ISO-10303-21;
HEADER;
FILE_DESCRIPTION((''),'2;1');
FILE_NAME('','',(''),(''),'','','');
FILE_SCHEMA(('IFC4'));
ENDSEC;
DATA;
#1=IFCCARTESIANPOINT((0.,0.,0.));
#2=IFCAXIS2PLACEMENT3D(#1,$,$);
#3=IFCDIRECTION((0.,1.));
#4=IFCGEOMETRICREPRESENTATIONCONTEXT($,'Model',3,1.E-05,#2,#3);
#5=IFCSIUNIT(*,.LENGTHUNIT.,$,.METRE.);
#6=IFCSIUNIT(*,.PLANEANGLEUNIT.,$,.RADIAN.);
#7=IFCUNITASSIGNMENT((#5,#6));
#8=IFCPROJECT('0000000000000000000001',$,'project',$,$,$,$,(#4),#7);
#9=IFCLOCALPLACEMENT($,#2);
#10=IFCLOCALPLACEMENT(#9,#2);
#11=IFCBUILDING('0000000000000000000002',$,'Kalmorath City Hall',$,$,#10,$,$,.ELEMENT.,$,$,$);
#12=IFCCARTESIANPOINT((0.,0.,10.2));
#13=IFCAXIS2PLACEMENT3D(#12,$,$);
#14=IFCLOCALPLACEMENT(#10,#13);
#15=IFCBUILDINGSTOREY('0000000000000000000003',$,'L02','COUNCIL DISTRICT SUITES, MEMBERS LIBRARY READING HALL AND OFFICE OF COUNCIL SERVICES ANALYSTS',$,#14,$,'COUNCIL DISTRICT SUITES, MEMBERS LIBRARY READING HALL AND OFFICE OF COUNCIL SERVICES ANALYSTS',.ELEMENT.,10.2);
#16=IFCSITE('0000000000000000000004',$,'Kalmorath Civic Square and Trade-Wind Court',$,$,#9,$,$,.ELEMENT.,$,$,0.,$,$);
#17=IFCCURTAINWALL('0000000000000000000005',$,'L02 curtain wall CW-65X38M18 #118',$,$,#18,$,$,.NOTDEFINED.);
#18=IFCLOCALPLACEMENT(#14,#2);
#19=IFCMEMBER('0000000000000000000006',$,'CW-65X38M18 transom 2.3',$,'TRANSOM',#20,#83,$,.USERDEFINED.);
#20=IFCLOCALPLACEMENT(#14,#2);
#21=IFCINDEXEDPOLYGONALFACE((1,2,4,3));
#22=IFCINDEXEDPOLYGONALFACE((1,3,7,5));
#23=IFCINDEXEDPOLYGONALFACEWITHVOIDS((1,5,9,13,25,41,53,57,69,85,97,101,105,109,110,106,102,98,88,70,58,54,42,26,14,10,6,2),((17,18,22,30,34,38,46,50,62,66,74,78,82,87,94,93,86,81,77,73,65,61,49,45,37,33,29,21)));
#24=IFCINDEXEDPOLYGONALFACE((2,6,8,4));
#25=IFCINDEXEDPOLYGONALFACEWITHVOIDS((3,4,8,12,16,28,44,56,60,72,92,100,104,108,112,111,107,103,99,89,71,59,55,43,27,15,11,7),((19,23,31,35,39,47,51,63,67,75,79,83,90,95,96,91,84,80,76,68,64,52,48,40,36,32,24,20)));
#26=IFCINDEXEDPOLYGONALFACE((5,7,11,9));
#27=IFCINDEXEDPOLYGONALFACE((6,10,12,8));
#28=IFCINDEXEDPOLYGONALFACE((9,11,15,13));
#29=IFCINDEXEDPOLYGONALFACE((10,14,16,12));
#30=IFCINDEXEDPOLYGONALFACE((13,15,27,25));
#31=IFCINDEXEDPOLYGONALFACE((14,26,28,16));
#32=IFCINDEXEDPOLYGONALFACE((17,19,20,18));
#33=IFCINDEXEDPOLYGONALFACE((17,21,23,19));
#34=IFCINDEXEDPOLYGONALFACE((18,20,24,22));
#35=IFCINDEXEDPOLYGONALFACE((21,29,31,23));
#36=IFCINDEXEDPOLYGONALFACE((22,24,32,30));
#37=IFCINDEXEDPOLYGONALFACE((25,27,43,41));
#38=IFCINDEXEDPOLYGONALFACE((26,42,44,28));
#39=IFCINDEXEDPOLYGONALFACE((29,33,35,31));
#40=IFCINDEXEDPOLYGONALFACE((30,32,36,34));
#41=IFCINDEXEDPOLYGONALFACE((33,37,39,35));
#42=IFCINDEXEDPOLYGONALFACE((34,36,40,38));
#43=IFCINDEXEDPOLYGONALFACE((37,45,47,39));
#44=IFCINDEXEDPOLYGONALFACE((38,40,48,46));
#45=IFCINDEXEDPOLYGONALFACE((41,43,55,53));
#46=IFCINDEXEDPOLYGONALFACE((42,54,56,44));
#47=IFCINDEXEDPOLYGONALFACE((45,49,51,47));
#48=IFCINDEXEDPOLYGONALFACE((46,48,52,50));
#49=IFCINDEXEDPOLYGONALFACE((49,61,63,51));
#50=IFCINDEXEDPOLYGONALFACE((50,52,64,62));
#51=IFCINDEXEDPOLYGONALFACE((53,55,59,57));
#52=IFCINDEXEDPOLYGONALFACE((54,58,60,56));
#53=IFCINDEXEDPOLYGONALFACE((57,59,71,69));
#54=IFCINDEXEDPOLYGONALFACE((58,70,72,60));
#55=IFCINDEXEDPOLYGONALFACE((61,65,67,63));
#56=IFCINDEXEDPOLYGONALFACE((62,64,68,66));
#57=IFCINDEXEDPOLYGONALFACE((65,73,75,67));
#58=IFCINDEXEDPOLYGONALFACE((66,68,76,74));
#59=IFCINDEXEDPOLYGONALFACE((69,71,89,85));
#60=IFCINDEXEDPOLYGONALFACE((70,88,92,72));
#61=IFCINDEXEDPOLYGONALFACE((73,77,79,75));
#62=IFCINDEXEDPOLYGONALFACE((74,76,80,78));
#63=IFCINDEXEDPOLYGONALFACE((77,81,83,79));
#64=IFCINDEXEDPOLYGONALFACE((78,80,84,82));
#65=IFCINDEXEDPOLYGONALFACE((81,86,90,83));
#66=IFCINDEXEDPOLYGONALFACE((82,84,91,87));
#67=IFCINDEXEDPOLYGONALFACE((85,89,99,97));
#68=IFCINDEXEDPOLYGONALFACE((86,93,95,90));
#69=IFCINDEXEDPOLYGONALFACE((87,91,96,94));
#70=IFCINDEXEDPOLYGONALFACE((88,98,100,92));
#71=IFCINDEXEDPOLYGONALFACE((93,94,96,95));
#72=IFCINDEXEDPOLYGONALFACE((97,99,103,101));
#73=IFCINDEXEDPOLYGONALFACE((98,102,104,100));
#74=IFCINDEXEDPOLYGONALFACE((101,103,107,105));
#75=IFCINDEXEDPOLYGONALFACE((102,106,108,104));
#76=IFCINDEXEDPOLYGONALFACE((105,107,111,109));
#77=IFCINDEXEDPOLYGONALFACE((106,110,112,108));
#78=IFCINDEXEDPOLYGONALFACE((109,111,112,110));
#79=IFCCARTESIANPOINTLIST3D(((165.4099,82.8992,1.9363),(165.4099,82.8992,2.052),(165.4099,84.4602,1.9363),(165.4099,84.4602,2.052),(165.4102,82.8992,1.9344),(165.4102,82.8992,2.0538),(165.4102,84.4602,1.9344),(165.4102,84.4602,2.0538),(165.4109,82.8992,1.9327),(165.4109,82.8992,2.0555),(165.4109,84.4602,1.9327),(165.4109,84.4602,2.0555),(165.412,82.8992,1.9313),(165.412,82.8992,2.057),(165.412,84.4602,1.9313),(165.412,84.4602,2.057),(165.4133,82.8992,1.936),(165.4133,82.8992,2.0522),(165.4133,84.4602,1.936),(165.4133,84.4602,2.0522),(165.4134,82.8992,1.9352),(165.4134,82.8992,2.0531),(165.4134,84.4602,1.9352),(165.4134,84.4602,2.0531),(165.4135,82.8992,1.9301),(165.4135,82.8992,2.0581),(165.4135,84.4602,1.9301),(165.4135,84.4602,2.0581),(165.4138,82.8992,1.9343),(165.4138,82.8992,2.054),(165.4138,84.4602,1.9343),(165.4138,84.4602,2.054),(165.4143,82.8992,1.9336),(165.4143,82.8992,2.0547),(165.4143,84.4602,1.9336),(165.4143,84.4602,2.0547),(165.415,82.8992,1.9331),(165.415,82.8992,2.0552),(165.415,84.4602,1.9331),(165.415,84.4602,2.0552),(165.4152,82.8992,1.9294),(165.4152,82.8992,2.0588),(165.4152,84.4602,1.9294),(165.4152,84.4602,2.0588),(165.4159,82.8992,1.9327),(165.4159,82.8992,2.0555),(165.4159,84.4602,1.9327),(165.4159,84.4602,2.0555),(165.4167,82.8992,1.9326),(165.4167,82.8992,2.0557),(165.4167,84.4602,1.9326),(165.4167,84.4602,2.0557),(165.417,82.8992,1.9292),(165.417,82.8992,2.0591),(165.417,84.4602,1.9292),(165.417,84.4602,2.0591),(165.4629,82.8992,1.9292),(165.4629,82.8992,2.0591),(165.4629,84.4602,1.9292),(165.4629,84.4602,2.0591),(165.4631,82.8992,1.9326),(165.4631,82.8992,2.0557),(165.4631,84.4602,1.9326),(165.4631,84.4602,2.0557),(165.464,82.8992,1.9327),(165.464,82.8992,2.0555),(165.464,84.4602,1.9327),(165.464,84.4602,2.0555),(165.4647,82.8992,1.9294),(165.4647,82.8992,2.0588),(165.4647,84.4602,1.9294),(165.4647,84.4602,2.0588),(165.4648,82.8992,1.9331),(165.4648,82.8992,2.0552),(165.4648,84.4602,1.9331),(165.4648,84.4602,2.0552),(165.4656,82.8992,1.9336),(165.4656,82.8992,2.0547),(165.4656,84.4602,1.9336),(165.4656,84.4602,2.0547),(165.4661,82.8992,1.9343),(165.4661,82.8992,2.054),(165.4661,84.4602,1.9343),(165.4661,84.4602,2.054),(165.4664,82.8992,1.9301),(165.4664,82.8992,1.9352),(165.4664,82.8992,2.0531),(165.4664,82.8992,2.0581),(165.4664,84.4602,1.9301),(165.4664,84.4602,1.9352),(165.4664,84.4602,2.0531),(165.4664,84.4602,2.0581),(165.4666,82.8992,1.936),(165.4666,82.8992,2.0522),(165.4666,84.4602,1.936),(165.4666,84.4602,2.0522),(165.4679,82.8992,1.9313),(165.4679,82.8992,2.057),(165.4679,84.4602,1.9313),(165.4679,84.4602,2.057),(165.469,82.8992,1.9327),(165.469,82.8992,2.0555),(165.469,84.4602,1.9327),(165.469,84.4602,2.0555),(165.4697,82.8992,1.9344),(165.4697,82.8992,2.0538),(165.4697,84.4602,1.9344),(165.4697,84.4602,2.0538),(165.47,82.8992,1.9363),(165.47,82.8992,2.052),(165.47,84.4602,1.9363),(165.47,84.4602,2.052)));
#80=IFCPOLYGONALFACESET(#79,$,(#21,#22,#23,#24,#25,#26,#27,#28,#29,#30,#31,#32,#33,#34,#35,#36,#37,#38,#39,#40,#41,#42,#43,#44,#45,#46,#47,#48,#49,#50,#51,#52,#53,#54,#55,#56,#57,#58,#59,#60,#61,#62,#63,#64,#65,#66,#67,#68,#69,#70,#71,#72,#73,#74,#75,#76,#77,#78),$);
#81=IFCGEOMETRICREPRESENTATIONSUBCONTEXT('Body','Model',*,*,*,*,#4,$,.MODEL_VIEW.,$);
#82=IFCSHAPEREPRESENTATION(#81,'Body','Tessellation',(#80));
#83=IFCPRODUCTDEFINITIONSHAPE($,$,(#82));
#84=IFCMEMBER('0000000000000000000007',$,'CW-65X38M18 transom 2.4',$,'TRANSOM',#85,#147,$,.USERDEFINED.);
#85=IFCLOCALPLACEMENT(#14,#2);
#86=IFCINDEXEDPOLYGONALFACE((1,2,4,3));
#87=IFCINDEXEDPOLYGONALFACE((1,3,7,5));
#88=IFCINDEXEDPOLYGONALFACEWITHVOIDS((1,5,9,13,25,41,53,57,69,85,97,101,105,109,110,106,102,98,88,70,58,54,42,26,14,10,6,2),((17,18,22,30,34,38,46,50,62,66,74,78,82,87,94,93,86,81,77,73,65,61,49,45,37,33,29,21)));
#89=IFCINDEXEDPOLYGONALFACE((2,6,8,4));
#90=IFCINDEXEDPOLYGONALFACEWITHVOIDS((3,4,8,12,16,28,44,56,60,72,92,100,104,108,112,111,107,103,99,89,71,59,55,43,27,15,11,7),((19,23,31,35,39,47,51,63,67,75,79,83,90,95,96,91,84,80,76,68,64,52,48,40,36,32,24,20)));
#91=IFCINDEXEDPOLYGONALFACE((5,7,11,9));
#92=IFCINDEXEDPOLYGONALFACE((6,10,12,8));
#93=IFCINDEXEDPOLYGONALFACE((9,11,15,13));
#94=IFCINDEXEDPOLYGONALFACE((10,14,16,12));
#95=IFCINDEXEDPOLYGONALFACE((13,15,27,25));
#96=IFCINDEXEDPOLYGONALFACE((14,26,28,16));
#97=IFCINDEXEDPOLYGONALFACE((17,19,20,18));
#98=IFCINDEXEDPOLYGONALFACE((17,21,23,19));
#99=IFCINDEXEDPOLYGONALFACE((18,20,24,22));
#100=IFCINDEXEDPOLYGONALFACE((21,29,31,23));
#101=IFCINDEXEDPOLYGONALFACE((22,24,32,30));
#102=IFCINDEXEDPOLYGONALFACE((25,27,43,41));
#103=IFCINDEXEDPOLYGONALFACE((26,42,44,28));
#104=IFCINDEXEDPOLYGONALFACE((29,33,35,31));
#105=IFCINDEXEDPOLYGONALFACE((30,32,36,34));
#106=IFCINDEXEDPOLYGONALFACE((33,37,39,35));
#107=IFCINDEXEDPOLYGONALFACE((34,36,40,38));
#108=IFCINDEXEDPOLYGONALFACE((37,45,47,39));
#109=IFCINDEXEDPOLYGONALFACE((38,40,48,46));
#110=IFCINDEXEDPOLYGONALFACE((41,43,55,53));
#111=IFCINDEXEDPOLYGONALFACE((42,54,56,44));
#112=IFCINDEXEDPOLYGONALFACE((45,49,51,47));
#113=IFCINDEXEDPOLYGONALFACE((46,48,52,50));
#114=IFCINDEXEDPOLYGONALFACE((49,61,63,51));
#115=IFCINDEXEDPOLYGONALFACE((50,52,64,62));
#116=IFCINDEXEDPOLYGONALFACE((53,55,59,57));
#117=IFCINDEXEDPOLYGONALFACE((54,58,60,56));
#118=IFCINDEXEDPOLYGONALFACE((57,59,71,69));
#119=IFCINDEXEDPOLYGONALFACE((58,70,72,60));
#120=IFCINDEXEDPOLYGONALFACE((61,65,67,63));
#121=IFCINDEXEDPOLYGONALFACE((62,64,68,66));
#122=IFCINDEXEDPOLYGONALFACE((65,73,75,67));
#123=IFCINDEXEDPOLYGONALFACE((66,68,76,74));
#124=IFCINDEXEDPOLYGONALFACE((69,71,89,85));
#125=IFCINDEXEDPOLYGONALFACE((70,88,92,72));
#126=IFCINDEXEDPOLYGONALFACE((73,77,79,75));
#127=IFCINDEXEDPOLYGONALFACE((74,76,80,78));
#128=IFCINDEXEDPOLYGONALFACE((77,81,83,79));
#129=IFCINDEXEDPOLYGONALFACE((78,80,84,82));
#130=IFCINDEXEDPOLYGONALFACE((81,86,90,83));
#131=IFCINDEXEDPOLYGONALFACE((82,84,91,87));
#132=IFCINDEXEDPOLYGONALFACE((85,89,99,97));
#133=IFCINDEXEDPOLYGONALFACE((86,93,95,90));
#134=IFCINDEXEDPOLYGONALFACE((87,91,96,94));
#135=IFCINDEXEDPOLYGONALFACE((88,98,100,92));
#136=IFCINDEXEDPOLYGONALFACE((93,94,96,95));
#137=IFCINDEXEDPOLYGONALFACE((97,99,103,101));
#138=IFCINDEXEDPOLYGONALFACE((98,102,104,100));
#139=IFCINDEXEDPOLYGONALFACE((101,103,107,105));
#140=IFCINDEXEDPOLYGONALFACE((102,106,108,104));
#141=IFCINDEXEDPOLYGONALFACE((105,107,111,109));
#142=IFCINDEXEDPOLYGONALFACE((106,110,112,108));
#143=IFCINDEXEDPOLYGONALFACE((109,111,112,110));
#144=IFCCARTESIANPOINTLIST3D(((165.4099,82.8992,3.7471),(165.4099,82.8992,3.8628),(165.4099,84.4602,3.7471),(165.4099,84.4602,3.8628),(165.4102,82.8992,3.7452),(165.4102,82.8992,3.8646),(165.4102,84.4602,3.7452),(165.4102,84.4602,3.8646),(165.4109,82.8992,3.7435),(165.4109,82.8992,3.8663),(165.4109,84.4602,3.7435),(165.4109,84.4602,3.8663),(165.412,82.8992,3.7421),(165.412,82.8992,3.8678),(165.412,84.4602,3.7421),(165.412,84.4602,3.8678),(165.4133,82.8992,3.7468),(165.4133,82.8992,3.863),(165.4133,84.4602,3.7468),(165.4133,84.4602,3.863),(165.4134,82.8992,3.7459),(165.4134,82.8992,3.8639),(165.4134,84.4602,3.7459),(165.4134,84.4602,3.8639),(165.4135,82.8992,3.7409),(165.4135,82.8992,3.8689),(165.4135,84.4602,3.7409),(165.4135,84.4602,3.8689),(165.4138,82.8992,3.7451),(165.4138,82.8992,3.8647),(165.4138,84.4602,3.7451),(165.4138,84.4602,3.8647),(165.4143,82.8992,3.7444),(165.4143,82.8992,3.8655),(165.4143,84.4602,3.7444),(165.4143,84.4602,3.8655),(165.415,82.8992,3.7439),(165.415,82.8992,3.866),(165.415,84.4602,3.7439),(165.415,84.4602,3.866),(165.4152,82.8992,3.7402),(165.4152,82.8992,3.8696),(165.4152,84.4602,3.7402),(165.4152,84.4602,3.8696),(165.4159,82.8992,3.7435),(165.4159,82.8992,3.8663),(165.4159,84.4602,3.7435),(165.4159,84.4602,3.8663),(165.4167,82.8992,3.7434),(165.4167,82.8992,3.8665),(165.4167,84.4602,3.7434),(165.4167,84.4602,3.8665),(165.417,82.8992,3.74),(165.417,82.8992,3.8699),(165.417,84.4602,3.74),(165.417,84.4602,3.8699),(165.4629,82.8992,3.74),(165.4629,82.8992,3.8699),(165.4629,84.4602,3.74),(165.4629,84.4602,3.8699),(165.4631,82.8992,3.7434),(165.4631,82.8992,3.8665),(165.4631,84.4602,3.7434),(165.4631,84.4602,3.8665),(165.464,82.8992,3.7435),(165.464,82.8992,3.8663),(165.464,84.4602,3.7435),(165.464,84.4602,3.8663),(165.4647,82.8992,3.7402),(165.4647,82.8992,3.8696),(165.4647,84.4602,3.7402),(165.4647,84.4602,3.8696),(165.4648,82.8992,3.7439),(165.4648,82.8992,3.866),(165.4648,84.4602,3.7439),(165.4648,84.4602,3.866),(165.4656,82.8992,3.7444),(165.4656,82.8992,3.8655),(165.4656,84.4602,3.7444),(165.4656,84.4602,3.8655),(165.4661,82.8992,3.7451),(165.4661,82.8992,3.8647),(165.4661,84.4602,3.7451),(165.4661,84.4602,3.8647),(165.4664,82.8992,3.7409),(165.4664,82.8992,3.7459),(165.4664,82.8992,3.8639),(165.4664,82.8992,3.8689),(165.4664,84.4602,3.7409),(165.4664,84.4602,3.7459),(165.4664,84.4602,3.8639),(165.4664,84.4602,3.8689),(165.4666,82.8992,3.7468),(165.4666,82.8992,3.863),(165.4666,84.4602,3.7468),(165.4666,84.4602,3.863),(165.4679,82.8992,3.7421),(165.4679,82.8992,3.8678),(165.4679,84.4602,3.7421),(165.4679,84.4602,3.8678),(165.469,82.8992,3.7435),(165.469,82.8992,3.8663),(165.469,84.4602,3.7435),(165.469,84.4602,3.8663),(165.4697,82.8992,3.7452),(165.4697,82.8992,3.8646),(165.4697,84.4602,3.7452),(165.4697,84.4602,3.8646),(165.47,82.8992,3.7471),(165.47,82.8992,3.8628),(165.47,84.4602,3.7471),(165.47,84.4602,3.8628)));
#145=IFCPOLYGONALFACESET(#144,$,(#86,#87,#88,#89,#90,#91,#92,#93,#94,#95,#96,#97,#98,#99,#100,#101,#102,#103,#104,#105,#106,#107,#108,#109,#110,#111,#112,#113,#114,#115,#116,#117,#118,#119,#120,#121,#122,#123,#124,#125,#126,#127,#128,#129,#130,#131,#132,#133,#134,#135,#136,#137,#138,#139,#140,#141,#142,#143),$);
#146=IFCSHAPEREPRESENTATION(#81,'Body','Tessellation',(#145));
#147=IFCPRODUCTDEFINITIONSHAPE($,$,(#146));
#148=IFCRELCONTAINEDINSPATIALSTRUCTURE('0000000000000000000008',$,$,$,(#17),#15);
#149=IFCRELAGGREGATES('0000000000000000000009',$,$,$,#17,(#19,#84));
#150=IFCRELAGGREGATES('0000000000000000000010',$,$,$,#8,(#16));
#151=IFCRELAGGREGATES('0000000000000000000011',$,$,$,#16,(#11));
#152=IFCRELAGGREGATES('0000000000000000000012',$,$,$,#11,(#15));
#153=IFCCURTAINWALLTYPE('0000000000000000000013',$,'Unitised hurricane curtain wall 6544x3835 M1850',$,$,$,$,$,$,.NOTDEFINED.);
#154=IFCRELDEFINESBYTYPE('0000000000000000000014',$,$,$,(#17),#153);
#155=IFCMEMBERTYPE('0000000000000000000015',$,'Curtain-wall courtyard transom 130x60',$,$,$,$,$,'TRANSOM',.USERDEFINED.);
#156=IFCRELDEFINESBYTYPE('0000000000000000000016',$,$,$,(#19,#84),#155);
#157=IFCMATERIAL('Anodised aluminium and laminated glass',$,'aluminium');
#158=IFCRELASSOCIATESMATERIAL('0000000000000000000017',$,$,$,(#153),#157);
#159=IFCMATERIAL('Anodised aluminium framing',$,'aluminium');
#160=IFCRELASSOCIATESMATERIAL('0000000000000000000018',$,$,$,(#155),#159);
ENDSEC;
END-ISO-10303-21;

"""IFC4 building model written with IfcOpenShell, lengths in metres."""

from ifc_helpers import new_model, si_unit, direction, frame, origin, origin_2d, place, context, subcontext, project, spatial, hollow_rectangle, extrude, material, material_profile, profile_set, type_object, element, aggregate, save


model = new_model("IFC4")

# Units and contexts
model_context = context("Model", 3, precision=1e-05, world=origin(), true_north=direction((0.0, 1.0)))
body_context = subcontext(model_context, "Body", "Model", "MODEL_VIEW")
ifc_project = project(units=[si_unit("LENGTHUNIT", "METRE"), si_unit("PLANEANGLEUNIT", "RADIAN")], contexts=[model_context])

# Site, building, storey
site_placement = place(None, origin())
site = spatial("IfcSite", under=ifc_project, at=site_placement, Name="Kalmorath Civic Square and Trade-Wind Court", CompositionType="ELEMENT", RefElevation=0.0)
building_placement = place(site_placement, origin())
building = spatial("IfcBuilding", under=site, at=building_placement, Name="Kalmorath City Hall", CompositionType="ELEMENT")
storey_placement = place(building_placement, frame((0.0, 0.0, 10.2)))
storey = spatial("IfcBuildingStorey", under=building, at=storey_placement, Name="L02", Description="COUNCIL DISTRICT SUITES, MEMBERS LIBRARY READING HALL AND OFFICE OF COUNCIL SERVICES ANALYSTS", LongName="COUNCIL DISTRICT SUITES, MEMBERS LIBRARY READING HALL AND OFFICE OF COUNCIL SERVICES ANALYSTS", CompositionType="ELEMENT", Elevation=10.2)

# Curtain wall, members
ifc_material_1 = material(Name="Anodised aluminium and laminated glass", Category="aluminium")
curtain_wall_type = type_object("IfcCurtainWallType", Name="Unitised hurricane curtain wall 6544x3835 M1850", PredefinedType="NOTDEFINED", material=ifc_material_1)
curtain_wall_placement = place(storey_placement, origin())
curtain_wall = element("IfcCurtainWall", 1, at=curtain_wall_placement, inside=storey, type_object=curtain_wall_type, Name="L02 curtain wall CW-65X38M18 #118", PredefinedType="NOTDEFINED")
ifc_material_2 = material(Name="Anodised aluminium framing", Category="aluminium")
ifc_material_profile_1 = material_profile(ifc_material_2, hollow_rectangle(XDim=0.0601, YDim=0.1299, WallThickness=0.0034, InnerFilletRadius=0.0034, OuterFilletRadius=0.0071, at=origin_2d()), Name="ALU-TRN-130X60X3.5")
ifc_profile_set_1 = profile_set([ifc_material_profile_1], Name="Anodised aluminium framing")
member_type_1 = type_object("IfcMemberType", Name="Curtain-wall courtyard transom 130x60", ElementType="TRANSOM", PredefinedType="USERDEFINED", material=ifc_profile_set_1)
member_1_placement = place(storey_placement, frame((165.4399, 84.4602, 1.9941), z_axis=(0.0, -1.0, 0.0), x_axis=(1.0, 0.0, 0.0)))
member_1 = element("IfcMember", 2, at=member_1_placement, type_object=member_type_1, Name="CW-65X38M18 transom 2.3", ObjectType="TRANSOM", PredefinedType="USERDEFINED", context=body_context, shape_type="SweptSolid", body=[
    extrude(hollow_rectangle(XDim=0.0601, YDim=0.1299, WallThickness=0.0034, InnerFilletRadius=0.0034, OuterFilletRadius=0.0071, at=origin_2d()), origin(), (0.0, 0.0, 1.0), 1.561),
])
member_2_placement = place(storey_placement, frame((165.4399, 84.4602, 3.8049), z_axis=(0.0, -1.0, 0.0), x_axis=(1.0, 0.0, 0.0)))
member_2 = element("IfcMember", 3, at=member_2_placement, type_object=member_type_1, Name="CW-65X38M18 transom 2.4", ObjectType="TRANSOM", PredefinedType="USERDEFINED", context=body_context, shape_type="SweptSolid", body=[
    extrude(hollow_rectangle(XDim=0.0601, YDim=0.1299, WallThickness=0.0034, InnerFilletRadius=0.0034, OuterFilletRadius=0.0071, at=origin_2d()), origin(), (0.0, 0.0, 1.0), 1.561),
])

aggregate(curtain_wall, [member_1, member_2])

save(model, "model.ifc")
